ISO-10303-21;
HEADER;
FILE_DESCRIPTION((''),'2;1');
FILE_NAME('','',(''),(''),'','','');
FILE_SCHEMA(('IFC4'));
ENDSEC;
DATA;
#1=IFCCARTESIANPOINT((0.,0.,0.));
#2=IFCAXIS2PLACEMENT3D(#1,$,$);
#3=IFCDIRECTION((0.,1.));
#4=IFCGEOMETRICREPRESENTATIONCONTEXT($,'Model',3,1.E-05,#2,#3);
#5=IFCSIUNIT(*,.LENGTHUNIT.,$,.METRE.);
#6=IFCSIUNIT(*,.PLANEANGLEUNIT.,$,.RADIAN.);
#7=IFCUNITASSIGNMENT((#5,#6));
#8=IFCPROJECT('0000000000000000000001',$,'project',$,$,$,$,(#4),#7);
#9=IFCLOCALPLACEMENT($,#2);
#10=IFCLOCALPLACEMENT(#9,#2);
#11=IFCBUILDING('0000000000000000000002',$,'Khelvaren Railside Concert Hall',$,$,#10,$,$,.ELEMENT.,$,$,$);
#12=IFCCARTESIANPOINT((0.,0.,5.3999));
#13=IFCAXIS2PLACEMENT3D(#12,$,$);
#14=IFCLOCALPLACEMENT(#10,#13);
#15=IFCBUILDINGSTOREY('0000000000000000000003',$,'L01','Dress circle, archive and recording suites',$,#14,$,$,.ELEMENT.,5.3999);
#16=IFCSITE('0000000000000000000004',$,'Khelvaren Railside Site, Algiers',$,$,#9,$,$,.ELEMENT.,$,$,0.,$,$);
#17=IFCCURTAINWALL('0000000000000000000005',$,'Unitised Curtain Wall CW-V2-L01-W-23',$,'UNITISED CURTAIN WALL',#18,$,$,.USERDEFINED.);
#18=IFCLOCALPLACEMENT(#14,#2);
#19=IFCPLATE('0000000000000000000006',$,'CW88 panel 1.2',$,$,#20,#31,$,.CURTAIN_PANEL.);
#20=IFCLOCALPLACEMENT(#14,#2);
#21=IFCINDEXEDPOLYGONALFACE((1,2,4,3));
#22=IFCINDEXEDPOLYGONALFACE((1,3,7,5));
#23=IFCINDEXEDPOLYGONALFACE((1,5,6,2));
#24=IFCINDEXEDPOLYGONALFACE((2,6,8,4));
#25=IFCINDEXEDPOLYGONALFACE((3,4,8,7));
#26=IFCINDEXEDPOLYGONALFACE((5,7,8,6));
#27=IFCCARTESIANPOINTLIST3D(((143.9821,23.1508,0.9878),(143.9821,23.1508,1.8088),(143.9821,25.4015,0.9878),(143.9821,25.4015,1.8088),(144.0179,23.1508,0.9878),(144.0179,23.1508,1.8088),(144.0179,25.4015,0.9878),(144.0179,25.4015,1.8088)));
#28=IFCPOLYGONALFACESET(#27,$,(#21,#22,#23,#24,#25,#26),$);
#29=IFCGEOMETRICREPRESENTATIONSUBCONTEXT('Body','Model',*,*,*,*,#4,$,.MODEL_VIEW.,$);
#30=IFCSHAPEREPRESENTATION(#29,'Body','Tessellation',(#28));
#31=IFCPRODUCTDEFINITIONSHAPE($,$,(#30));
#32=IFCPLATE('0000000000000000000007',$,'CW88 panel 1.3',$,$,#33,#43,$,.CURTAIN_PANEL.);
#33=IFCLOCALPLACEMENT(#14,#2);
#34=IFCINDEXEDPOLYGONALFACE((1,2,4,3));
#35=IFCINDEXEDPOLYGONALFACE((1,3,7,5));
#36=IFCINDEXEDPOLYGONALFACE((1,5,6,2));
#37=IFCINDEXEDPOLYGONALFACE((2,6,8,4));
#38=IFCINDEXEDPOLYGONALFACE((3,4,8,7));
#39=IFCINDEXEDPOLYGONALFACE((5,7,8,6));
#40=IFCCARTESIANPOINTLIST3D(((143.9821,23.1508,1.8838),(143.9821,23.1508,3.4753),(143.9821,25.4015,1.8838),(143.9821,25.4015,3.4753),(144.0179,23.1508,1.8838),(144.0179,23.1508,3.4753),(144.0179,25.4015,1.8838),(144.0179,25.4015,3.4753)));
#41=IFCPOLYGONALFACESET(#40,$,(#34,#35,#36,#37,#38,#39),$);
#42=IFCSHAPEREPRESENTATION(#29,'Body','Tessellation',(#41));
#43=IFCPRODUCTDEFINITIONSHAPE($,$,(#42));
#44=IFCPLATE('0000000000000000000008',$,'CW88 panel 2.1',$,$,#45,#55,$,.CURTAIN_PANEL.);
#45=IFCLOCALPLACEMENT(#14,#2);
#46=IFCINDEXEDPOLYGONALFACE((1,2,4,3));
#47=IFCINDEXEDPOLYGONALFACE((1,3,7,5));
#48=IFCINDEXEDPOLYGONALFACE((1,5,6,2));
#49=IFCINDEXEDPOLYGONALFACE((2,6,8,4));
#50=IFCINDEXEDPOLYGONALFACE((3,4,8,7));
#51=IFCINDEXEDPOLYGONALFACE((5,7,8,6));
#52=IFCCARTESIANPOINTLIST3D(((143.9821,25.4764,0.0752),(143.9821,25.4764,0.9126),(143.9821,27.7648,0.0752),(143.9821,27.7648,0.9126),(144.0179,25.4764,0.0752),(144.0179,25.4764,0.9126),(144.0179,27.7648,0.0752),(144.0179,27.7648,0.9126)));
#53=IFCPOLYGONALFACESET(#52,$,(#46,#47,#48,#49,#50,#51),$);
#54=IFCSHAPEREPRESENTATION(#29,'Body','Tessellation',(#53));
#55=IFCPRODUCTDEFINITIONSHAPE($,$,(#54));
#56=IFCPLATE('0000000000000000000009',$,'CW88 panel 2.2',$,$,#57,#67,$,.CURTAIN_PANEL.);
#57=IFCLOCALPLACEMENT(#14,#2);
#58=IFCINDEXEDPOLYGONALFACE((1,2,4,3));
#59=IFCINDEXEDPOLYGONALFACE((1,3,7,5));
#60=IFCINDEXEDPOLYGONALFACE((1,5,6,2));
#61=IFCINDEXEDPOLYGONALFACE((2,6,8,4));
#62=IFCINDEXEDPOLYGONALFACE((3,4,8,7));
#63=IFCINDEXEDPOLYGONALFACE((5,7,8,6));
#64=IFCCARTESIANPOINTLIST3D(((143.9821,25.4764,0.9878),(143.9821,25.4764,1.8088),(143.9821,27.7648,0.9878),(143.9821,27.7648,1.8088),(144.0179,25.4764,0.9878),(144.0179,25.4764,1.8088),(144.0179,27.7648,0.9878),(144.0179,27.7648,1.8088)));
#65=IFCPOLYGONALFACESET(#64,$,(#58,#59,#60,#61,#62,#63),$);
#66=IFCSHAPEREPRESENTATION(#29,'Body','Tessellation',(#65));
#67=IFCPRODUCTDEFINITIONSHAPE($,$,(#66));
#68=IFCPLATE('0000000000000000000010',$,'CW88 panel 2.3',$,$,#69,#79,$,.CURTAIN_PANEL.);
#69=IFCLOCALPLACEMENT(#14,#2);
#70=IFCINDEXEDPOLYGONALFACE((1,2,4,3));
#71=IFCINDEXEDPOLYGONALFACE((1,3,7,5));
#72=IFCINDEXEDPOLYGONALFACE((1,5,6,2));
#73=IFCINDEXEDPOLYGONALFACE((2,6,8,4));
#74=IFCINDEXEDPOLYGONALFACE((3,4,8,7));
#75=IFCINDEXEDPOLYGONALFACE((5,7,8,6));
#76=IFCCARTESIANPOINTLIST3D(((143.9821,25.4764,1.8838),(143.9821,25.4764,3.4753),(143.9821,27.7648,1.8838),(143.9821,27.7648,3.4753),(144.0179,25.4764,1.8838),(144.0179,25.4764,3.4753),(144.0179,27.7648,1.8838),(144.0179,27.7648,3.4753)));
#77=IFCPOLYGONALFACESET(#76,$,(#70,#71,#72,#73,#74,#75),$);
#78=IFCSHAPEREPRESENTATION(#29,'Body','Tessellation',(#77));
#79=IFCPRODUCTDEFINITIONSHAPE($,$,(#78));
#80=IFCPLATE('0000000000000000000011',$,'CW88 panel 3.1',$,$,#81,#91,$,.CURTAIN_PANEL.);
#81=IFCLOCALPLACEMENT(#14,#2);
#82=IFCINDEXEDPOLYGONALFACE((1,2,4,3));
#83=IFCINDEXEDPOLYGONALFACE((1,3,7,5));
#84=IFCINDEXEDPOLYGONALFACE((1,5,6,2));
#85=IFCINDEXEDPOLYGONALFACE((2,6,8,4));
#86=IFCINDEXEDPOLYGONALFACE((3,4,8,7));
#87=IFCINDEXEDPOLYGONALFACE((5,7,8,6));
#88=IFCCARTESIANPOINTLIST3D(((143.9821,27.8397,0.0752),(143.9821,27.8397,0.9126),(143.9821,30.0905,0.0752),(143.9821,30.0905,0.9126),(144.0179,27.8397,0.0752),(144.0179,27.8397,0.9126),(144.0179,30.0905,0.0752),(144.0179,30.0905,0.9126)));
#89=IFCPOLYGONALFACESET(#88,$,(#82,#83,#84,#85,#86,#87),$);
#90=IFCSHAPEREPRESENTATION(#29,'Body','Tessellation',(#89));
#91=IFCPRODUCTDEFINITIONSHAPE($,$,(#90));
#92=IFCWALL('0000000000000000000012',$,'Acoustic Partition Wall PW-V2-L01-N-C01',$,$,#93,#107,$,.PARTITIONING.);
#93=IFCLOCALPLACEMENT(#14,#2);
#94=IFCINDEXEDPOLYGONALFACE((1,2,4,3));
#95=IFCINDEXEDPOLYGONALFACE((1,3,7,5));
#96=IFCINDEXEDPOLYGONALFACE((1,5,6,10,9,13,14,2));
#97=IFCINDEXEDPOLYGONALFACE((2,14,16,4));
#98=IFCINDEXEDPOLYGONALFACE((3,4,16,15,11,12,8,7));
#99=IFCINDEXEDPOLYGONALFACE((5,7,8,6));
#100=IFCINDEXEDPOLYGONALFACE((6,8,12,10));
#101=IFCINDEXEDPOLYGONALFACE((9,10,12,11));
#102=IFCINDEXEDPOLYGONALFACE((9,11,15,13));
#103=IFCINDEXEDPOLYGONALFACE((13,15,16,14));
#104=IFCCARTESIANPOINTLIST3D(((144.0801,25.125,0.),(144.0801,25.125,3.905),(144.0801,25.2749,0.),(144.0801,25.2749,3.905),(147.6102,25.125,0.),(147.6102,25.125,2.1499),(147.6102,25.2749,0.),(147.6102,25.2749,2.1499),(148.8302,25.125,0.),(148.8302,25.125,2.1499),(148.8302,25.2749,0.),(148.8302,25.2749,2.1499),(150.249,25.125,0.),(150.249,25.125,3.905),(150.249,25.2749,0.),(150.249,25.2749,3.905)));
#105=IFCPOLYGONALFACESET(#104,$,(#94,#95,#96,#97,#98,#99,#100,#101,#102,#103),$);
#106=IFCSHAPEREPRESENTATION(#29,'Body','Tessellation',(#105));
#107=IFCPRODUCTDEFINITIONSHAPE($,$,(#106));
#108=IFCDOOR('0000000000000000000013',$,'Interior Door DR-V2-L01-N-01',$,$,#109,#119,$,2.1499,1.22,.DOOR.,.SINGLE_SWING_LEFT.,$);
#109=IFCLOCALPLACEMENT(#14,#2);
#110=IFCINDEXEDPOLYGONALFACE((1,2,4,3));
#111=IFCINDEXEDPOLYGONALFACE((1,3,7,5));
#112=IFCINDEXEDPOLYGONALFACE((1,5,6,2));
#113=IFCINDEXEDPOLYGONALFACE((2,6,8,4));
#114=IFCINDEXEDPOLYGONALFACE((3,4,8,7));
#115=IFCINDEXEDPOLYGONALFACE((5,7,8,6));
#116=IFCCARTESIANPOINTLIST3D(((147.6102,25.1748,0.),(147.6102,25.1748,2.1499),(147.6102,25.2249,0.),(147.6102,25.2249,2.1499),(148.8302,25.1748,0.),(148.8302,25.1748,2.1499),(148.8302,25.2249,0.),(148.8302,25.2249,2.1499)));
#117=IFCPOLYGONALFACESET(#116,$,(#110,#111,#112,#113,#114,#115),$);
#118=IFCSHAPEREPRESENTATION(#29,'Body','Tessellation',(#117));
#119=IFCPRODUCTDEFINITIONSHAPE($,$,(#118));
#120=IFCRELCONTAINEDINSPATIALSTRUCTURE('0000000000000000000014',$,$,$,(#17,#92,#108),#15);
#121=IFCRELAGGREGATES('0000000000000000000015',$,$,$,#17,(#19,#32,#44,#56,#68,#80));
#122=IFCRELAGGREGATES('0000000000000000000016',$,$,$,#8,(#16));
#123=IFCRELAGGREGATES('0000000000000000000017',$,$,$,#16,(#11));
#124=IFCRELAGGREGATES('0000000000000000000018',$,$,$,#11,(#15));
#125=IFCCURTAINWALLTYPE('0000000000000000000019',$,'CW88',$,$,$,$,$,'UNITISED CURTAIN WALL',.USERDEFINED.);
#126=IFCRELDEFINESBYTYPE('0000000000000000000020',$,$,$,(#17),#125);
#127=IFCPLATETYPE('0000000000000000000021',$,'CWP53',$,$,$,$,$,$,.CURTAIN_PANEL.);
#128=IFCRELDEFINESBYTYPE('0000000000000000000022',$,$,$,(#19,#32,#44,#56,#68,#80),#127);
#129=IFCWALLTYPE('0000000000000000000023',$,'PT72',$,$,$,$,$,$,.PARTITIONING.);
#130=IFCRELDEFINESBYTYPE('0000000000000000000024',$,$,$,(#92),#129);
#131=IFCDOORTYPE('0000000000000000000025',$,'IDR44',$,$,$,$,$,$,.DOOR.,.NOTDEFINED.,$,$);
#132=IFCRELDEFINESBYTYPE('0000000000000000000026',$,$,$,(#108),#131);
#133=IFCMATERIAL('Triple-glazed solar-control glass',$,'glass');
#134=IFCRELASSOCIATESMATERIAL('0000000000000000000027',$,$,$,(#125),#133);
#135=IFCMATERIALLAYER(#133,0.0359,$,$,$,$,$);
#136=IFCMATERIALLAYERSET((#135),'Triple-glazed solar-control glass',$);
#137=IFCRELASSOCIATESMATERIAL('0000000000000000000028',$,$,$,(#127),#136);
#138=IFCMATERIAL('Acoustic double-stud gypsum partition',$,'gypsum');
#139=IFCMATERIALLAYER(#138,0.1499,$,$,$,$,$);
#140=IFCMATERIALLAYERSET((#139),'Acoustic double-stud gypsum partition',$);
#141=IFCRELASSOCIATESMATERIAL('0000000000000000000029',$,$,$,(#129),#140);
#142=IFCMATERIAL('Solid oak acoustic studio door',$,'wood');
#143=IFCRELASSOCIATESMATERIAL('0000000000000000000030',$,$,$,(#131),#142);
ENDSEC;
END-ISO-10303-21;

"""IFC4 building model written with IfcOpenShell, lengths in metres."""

from ifc_helpers import new_model, si_unit, direction, frame, frame_2d, origin, origin_2d, place, context, subcontext, project, spatial, rectangle, extrude, material, layer, layer_set, type_object, element, fill, aggregate, save


model = new_model("IFC4")

# Units and contexts
model_context = context("Model", 3, precision=1e-05, world=origin(), true_north=direction((0.0, 1.0)))
body_context = subcontext(model_context, "Body", "Model", "MODEL_VIEW")
ifc_project = project(units=[si_unit("LENGTHUNIT", "METRE"), si_unit("PLANEANGLEUNIT", "RADIAN")], contexts=[model_context])

# Site, building, storey
site_placement = place(None, origin())
site = spatial("IfcSite", under=ifc_project, at=site_placement, Name="Khelvaren Railside Site, Algiers", CompositionType="ELEMENT", RefElevation=0.0)
building_placement = place(site_placement, origin())
building = spatial("IfcBuilding", under=site, at=building_placement, Name="Khelvaren Railside Concert Hall", CompositionType="ELEMENT")
storey_placement = place(building_placement, frame((0.0, 0.0, 5.3999)))
storey = spatial("IfcBuildingStorey", under=building, at=storey_placement, Name="L01", Description="Dress circle, archive and recording suites", CompositionType="ELEMENT", Elevation=5.3999)

# Curtain wall
ifc_material_1 = material(Name="Triple-glazed solar-control glass", Category="glass")
curtain_wall_type = type_object("IfcCurtainWallType", Name="CW88", ElementType="UNITISED CURTAIN WALL", PredefinedType="USERDEFINED", material=ifc_material_1)
curtain_wall_placement = place(storey_placement, origin())
curtain_wall = element("IfcCurtainWall", 1, at=curtain_wall_placement, inside=storey, type_object=curtain_wall_type, Name="Unitised Curtain Wall CW-V2-L01-W-23", ObjectType="UNITISED CURTAIN WALL", PredefinedType="USERDEFINED")

# Plates
ifc_layer_1 = layer(ifc_material_1, 0.0359)
ifc_layer_set_1 = layer_set([ifc_layer_1], Name="Triple-glazed solar-control glass")
plate_type = type_object("IfcPlateType", Name="CWP53", PredefinedType="CURTAIN_PANEL", material=ifc_layer_set_1)
plate_1_placement = place(storey_placement, frame((144.0, 24.2761, 0.9878), z_axis=(0.0, 0.0, 1.0), x_axis=(0.0, 1.0, 0.0)))
plate_1 = element("IfcPlate", 2, at=plate_1_placement, type_object=plate_type, Name="CW88 panel 1.2", PredefinedType="CURTAIN_PANEL", context=body_context, shape_type="SweptSolid", body=[
    extrude(rectangle(XDim=2.2507, YDim=0.0359, at=origin_2d()), origin(), (0.0, 0.0, 1.0), 0.821),
])
plate_2_placement = place(storey_placement, frame((144.0, 24.2761, 1.8838), z_axis=(0.0, 0.0, 1.0), x_axis=(0.0, 1.0, 0.0)))
plate_2 = element("IfcPlate", 3, at=plate_2_placement, type_object=plate_type, Name="CW88 panel 1.3", PredefinedType="CURTAIN_PANEL", context=body_context, shape_type="SweptSolid", body=[
    extrude(rectangle(XDim=2.2507, YDim=0.0359, at=origin_2d()), origin(), (0.0, 0.0, 1.0), 1.5916),
])
plate_3_placement = place(storey_placement, frame((144.0, 26.6206, 0.0752), z_axis=(0.0, 0.0, 1.0), x_axis=(0.0, 1.0, 0.0)))
plate_3 = element("IfcPlate", 4, at=plate_3_placement, type_object=plate_type, Name="CW88 panel 2.1", PredefinedType="CURTAIN_PANEL", context=body_context, shape_type="SweptSolid", body=[
    extrude(rectangle(XDim=2.2883, YDim=0.0359, at=origin_2d()), origin(), (0.0, 0.0, 1.0), 0.8374),
])
plate_4_placement = place(storey_placement, frame((144.0, 26.6206, 0.9878), z_axis=(0.0, 0.0, 1.0), x_axis=(0.0, 1.0, 0.0)))
plate_4 = element("IfcPlate", 5, at=plate_4_placement, type_object=plate_type, Name="CW88 panel 2.2", PredefinedType="CURTAIN_PANEL", context=body_context, shape_type="SweptSolid", body=[
    extrude(rectangle(XDim=2.2883, YDim=0.0359, at=origin_2d()), origin(), (0.0, 0.0, 1.0), 0.821),
])
plate_5_placement = place(storey_placement, frame((144.0, 26.6206, 1.8838), z_axis=(0.0, 0.0, 1.0), x_axis=(0.0, 1.0, 0.0)))
plate_5 = element("IfcPlate", 6, at=plate_5_placement, type_object=plate_type, Name="CW88 panel 2.3", PredefinedType="CURTAIN_PANEL", context=body_context, shape_type="SweptSolid", body=[
    extrude(rectangle(XDim=2.2883, YDim=0.0359, at=origin_2d()), origin(), (0.0, 0.0, 1.0), 1.5916),
])
plate_6_placement = place(storey_placement, frame((144.0, 28.9651, 0.0752), z_axis=(0.0, 0.0, 1.0), x_axis=(0.0, 1.0, 0.0)))
plate_6 = element("IfcPlate", 7, at=plate_6_placement, type_object=plate_type, Name="CW88 panel 3.1", PredefinedType="CURTAIN_PANEL", context=body_context, shape_type="SweptSolid", body=[
    extrude(rectangle(XDim=2.2507, YDim=0.0359, at=origin_2d()), origin(), (0.0, 0.0, 1.0), 0.8374),
])
aggregate(curtain_wall, [plate_1, plate_2, plate_3, plate_4, plate_5, plate_6])

# Wall, opening, door
ifc_material_2 = material(Name="Acoustic double-stud gypsum partition", Category="gypsum")
ifc_layer_2 = layer(ifc_material_2, 0.1499)
ifc_layer_set_2 = layer_set([ifc_layer_2], Name="Acoustic double-stud gypsum partition")
wall_type = type_object("IfcWallType", Name="PT72", PredefinedType="PARTITIONING", material=ifc_layer_set_2)
wall_placement = place(storey_placement, frame((144.0801, 25.2, 0.0), z_axis=(0.0, 0.0, 1.0), x_axis=(1.0, 0.0, 0.0)))
wall = element("IfcWall", 8, at=wall_placement, inside=storey, type_object=wall_type, Name="Acoustic Partition Wall PW-V2-L01-N-C01", PredefinedType="PARTITIONING", context=body_context, shape_type="SweptSolid", body=[
    extrude(rectangle(XDim=6.1689, YDim=0.1499, at=frame_2d((3.0845, 0.0))), origin(), (0.0, 0.0, 1.0), 3.905),
])
opening_placement = place(wall_placement, frame((3.5303, 0.0, 0.0)))
opening = element("IfcOpeningElement", 9, at=opening_placement, cuts=wall, PredefinedType="OPENING", context=body_context, shape_type="SweptSolid", body=[
    extrude(rectangle(XDim=1.22, YDim=2.1499, at=frame_2d((0.6099, 1.075))), frame((0.0, 0.085, 0.0), z_axis=(0.0, -1.0, 0.0), x_axis=(1.0, 0.0, 0.0)), (0.0, 0.0, 1.0), 0.1699),
])
ifc_material_3 = material(Name="Solid oak acoustic studio door", Category="wood")
door_type = type_object("IfcDoorType", Name="IDR44", OperationType="NOTDEFINED", PredefinedType="DOOR", material=ifc_material_3)
door_placement = place(opening_placement, origin())
door = element("IfcDoor", 10, at=door_placement, inside=storey, type_object=door_type, Name="Interior Door DR-V2-L01-N-01", OperationType="SINGLE_SWING_LEFT", OverallHeight=2.1499, OverallWidth=1.22, PredefinedType="DOOR", context=body_context, shape_type="SweptSolid", body=[
    extrude(rectangle(XDim=1.22, YDim=2.1499, at=frame_2d((0.6099, 1.075))), frame((0.0, 0.0249, 0.0), z_axis=(0.0, -1.0, 0.0), x_axis=(1.0, 0.0, 0.0)), (0.0, 0.0, 1.0), 0.05),
])
fill(opening, door)

save(model, "model.ifc")
